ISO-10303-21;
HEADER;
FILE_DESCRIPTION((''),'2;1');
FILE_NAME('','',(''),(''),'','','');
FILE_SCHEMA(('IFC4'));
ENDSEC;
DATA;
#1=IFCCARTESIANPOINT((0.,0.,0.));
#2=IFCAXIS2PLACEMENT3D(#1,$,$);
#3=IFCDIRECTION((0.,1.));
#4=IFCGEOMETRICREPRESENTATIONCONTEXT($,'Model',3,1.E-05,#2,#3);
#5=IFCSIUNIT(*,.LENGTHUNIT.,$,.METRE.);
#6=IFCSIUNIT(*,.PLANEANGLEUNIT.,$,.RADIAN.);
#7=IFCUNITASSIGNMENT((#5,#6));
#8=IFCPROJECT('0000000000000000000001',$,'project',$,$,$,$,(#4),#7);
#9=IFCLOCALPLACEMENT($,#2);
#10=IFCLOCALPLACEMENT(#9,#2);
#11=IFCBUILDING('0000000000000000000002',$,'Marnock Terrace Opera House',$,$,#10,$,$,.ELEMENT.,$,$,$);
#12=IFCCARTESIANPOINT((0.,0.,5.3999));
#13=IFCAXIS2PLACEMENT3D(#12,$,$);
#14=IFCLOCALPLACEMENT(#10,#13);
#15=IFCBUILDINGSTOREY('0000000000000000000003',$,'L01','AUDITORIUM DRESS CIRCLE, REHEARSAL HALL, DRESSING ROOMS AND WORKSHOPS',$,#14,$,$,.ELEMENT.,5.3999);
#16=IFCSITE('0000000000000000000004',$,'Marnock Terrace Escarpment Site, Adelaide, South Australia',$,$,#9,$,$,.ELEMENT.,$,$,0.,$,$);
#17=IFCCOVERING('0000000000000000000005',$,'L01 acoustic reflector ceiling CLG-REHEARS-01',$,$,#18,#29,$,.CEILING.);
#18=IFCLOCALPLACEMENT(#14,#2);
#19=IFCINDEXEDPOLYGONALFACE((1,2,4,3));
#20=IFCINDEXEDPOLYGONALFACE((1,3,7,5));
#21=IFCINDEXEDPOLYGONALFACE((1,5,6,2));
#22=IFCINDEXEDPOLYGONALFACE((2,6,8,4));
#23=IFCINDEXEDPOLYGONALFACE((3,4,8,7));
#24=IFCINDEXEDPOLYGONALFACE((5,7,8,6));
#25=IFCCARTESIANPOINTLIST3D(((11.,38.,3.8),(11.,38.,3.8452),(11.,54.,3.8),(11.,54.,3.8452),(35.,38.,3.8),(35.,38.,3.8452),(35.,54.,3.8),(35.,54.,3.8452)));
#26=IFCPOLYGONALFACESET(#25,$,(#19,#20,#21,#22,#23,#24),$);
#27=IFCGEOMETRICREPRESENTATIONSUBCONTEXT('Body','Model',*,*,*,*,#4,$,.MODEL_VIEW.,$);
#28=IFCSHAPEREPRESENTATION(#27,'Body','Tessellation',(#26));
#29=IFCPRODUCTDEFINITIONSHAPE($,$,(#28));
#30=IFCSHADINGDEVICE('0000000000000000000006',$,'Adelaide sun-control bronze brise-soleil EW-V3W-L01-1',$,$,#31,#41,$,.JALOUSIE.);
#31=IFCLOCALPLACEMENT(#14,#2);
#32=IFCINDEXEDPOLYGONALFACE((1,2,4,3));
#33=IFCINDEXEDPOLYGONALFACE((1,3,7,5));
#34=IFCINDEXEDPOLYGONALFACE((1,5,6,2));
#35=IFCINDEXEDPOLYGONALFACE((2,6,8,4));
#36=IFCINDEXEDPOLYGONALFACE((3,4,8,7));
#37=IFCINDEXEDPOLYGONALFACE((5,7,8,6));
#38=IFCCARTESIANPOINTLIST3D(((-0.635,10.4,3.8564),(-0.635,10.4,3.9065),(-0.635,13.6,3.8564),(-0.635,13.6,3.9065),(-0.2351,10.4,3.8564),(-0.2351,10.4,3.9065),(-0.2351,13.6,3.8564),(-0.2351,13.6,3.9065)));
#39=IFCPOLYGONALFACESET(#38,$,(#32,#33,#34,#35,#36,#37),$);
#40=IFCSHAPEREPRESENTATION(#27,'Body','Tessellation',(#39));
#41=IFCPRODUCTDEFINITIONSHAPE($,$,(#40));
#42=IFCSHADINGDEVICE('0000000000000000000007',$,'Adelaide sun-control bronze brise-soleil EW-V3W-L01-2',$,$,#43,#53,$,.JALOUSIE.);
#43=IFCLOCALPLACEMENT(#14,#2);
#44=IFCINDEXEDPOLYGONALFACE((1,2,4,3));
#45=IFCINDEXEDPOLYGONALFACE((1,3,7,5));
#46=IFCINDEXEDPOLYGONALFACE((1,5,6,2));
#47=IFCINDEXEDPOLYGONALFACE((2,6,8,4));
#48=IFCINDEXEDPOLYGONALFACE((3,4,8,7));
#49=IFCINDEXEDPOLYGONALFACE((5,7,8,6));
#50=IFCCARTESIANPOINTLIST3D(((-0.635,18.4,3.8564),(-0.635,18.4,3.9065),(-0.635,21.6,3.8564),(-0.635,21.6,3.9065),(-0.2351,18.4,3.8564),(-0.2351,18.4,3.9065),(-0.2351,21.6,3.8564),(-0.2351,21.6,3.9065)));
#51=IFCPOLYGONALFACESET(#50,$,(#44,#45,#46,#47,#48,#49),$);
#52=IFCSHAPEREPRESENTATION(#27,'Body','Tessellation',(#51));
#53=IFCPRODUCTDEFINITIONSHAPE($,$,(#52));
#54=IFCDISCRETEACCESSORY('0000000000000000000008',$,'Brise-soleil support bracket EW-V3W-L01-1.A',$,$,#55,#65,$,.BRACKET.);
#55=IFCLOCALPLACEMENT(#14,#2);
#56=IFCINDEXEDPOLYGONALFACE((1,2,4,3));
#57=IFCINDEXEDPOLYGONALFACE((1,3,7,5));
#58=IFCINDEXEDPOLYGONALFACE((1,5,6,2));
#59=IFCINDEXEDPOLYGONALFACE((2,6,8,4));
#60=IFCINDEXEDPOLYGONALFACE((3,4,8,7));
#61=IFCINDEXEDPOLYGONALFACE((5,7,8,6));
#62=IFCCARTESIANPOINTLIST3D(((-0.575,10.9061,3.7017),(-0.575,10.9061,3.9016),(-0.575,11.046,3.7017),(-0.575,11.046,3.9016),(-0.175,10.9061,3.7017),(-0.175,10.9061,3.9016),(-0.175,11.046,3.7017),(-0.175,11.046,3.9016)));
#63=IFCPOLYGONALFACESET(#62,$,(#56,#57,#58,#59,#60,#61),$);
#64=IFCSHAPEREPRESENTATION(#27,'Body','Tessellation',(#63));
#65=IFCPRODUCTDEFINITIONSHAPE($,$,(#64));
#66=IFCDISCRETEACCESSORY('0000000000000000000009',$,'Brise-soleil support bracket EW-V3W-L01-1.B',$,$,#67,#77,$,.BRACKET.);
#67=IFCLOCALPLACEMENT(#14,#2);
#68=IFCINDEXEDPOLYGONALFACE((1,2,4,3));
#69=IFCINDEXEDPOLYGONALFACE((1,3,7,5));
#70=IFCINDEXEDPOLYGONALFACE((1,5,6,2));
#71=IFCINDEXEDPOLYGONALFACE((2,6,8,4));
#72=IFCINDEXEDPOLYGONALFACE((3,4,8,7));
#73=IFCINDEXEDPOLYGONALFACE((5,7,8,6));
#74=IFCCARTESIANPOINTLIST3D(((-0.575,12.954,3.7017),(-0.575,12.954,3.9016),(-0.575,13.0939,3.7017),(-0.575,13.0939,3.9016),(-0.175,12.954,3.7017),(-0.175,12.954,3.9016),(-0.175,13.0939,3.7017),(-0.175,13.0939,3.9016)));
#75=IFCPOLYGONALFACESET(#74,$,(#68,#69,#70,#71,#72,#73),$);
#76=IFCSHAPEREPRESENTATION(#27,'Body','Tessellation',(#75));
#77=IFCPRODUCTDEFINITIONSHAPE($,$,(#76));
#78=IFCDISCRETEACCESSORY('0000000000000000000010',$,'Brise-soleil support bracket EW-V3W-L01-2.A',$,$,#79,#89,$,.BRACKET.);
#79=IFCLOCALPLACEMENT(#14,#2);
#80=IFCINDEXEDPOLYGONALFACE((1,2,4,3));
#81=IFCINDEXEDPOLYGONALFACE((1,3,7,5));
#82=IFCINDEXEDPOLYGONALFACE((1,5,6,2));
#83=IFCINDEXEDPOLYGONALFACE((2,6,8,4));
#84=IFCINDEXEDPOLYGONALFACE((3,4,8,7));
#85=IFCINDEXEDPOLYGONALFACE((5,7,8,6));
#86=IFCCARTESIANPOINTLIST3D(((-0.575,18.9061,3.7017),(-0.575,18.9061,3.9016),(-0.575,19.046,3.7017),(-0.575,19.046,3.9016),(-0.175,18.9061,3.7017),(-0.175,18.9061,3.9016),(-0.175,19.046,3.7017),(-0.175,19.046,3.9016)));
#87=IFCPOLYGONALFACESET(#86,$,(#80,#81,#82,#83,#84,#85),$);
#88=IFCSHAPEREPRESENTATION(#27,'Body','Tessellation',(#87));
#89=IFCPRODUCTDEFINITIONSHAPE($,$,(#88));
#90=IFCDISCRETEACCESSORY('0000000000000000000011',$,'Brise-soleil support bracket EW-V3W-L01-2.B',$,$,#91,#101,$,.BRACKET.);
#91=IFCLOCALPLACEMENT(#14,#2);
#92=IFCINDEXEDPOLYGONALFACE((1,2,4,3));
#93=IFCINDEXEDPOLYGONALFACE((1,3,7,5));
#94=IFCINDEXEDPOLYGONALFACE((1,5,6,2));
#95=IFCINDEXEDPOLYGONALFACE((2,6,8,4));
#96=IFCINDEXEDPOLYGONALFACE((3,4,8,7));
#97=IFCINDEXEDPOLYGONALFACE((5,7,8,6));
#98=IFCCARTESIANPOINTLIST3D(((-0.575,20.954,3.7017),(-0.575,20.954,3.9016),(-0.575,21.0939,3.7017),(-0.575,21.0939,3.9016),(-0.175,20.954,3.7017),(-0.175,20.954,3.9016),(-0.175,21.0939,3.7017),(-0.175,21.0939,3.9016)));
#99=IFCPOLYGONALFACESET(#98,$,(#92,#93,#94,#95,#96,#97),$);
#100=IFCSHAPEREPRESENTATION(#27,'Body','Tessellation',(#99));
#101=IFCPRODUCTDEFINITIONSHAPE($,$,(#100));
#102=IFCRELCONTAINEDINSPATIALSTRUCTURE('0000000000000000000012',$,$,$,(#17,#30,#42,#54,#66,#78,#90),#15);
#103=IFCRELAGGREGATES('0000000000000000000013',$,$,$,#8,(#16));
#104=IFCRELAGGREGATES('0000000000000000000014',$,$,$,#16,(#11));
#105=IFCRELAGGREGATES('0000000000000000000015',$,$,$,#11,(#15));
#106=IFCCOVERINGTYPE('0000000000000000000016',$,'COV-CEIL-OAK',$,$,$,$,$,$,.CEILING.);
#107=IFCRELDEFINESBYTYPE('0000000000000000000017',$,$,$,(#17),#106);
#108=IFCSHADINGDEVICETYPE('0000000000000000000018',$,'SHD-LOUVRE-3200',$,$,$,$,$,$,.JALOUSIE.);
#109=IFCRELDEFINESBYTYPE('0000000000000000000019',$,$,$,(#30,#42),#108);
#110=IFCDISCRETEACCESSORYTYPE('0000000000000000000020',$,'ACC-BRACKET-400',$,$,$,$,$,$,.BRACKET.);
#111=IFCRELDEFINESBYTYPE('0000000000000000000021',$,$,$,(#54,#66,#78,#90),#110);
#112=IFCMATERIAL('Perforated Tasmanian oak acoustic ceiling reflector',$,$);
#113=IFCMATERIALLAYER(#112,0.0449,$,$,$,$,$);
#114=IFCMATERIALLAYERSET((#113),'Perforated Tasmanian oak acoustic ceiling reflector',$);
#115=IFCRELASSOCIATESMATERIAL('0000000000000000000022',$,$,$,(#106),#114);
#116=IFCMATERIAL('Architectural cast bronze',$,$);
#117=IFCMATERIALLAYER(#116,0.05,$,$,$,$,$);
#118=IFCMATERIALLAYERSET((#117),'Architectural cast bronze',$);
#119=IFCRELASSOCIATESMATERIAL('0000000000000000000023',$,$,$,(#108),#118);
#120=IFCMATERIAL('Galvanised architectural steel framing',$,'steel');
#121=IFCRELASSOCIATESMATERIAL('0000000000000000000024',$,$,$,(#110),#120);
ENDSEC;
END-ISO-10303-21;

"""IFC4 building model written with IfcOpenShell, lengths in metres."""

from ifc_helpers import new_model, si_unit, direction, frame, origin, origin_2d, place, context, subcontext, project, spatial, polyline, rectangle, outline, extrude, material, layer, layer_set, type_object, element, save


model = new_model("IFC4")

# Units and contexts
model_context = context("Model", 3, precision=1e-05, world=origin(), true_north=direction((0.0, 1.0)))
body_context = subcontext(model_context, "Body", "Model", "MODEL_VIEW")
ifc_project = project(units=[si_unit("LENGTHUNIT", "METRE"), si_unit("PLANEANGLEUNIT", "RADIAN")], contexts=[model_context])

# Site, building, storey
site_placement = place(None, origin())
site = spatial("IfcSite", under=ifc_project, at=site_placement, Name="Marnock Terrace Escarpment Site, Adelaide, South Australia", CompositionType="ELEMENT", RefElevation=0.0)
building_placement = place(site_placement, origin())
building = spatial("IfcBuilding", under=site, at=building_placement, Name="Marnock Terrace Opera House", CompositionType="ELEMENT")
storey_placement = place(building_placement, frame((0.0, 0.0, 5.3999)))
storey = spatial("IfcBuildingStorey", under=building, at=storey_placement, Name="L01", Description="AUDITORIUM DRESS CIRCLE, REHEARSAL HALL, DRESSING ROOMS AND WORKSHOPS", CompositionType="ELEMENT", Elevation=5.3999)

# Covering
ifc_material_1 = material(Name="Perforated Tasmanian oak acoustic ceiling reflector")
ifc_layer_1 = layer(ifc_material_1, 0.0449)
ifc_layer_set_1 = layer_set([ifc_layer_1], Name="Perforated Tasmanian oak acoustic ceiling reflector")
covering_type = type_object("IfcCoveringType", Name="COV-CEIL-OAK", PredefinedType="CEILING", material=ifc_layer_set_1)
covering_1_placement = place(storey_placement, frame((0.0, 0.0, 3.8)))
element("IfcCovering", 1, at=covering_1_placement, inside=storey, type_object=covering_type, Name="L01 acoustic reflector ceiling CLG-REHEARS-01", PredefinedType="CEILING", context=body_context, shape_type="SweptSolid", body=[
    extrude(outline(polyline([(11.0, 38.0), (35.0, 38.0), (35.0, 54.0), (11.0, 54.0), (11.0, 38.0)])), origin(), (0.0, 0.0, 1.0), 0.0452),
])

# Shading devices
ifc_material_2 = material(Name="Architectural cast bronze")
ifc_layer_2 = layer(ifc_material_2, 0.05)
ifc_layer_set_2 = layer_set([ifc_layer_2], Name="Architectural cast bronze")
shading_device_type = type_object("IfcShadingDeviceType", Name="SHD-LOUVRE-3200", PredefinedType="JALOUSIE", material=ifc_layer_set_2)
for number, where, z_axis, x_axis, name in (
    (2, (-0.4351, 12.0, 3.8564), (0.0, 0.0, 1.0), (0.0, 1.0, 0.0), "Adelaide sun-control bronze brise-soleil EW-V3W-L01-1"),
    (3, (-0.4351, 20.0, 3.8564), (0.0, 0.0, 1.0), (0.0, 1.0, 0.0), "Adelaide sun-control bronze brise-soleil EW-V3W-L01-2"),
):
    element("IfcShadingDevice", number, at=place(storey_placement, frame(where, z_axis=z_axis, x_axis=x_axis)), inside=storey, type_object=shading_device_type, Name=name, PredefinedType="JALOUSIE", context=body_context, shape_type="SweptSolid", body=[
        extrude(rectangle(XDim=3.2, YDim=0.3999, at=origin_2d()), origin(), (0.0, 0.0, 1.0), 0.05),
    ])

# Discrete accessories
ifc_material_3 = material(Name="Galvanised architectural steel framing", Category="steel")
discrete_accessory_type = type_object("IfcDiscreteAccessoryType", Name="ACC-BRACKET-400", PredefinedType="BRACKET", material=ifc_material_3)
for number, where, z_axis, x_axis, name in (
    (4, (-0.375, 10.9761, 3.7017), (0.0, 0.0, 1.0), (0.0, 1.0, 0.0), "Brise-soleil support bracket EW-V3W-L01-1.A"),
    (5, (-0.375, 13.0239, 3.7017), (0.0, 0.0, 1.0), (0.0, 1.0, 0.0), "Brise-soleil support bracket EW-V3W-L01-1.B"),
    (6, (-0.375, 18.9761, 3.7017), (0.0, 0.0, 1.0), (0.0, 1.0, 0.0), "Brise-soleil support bracket EW-V3W-L01-2.A"),
    (7, (-0.375, 21.0239, 3.7017), (0.0, 0.0, 1.0), (0.0, 1.0, 0.0), "Brise-soleil support bracket EW-V3W-L01-2.B"),
):
    element("IfcDiscreteAccessory", number, at=place(storey_placement, frame(where, z_axis=z_axis, x_axis=x_axis)), inside=storey, type_object=discrete_accessory_type, Name=name, PredefinedType="BRACKET", context=body_context, shape_type="SweptSolid", body=[
        extrude(rectangle(XDim=0.1399, YDim=0.3999, at=origin_2d()), origin(), (0.0, 0.0, 1.0), 0.2),
    ])

save(model, "model.ifc")
